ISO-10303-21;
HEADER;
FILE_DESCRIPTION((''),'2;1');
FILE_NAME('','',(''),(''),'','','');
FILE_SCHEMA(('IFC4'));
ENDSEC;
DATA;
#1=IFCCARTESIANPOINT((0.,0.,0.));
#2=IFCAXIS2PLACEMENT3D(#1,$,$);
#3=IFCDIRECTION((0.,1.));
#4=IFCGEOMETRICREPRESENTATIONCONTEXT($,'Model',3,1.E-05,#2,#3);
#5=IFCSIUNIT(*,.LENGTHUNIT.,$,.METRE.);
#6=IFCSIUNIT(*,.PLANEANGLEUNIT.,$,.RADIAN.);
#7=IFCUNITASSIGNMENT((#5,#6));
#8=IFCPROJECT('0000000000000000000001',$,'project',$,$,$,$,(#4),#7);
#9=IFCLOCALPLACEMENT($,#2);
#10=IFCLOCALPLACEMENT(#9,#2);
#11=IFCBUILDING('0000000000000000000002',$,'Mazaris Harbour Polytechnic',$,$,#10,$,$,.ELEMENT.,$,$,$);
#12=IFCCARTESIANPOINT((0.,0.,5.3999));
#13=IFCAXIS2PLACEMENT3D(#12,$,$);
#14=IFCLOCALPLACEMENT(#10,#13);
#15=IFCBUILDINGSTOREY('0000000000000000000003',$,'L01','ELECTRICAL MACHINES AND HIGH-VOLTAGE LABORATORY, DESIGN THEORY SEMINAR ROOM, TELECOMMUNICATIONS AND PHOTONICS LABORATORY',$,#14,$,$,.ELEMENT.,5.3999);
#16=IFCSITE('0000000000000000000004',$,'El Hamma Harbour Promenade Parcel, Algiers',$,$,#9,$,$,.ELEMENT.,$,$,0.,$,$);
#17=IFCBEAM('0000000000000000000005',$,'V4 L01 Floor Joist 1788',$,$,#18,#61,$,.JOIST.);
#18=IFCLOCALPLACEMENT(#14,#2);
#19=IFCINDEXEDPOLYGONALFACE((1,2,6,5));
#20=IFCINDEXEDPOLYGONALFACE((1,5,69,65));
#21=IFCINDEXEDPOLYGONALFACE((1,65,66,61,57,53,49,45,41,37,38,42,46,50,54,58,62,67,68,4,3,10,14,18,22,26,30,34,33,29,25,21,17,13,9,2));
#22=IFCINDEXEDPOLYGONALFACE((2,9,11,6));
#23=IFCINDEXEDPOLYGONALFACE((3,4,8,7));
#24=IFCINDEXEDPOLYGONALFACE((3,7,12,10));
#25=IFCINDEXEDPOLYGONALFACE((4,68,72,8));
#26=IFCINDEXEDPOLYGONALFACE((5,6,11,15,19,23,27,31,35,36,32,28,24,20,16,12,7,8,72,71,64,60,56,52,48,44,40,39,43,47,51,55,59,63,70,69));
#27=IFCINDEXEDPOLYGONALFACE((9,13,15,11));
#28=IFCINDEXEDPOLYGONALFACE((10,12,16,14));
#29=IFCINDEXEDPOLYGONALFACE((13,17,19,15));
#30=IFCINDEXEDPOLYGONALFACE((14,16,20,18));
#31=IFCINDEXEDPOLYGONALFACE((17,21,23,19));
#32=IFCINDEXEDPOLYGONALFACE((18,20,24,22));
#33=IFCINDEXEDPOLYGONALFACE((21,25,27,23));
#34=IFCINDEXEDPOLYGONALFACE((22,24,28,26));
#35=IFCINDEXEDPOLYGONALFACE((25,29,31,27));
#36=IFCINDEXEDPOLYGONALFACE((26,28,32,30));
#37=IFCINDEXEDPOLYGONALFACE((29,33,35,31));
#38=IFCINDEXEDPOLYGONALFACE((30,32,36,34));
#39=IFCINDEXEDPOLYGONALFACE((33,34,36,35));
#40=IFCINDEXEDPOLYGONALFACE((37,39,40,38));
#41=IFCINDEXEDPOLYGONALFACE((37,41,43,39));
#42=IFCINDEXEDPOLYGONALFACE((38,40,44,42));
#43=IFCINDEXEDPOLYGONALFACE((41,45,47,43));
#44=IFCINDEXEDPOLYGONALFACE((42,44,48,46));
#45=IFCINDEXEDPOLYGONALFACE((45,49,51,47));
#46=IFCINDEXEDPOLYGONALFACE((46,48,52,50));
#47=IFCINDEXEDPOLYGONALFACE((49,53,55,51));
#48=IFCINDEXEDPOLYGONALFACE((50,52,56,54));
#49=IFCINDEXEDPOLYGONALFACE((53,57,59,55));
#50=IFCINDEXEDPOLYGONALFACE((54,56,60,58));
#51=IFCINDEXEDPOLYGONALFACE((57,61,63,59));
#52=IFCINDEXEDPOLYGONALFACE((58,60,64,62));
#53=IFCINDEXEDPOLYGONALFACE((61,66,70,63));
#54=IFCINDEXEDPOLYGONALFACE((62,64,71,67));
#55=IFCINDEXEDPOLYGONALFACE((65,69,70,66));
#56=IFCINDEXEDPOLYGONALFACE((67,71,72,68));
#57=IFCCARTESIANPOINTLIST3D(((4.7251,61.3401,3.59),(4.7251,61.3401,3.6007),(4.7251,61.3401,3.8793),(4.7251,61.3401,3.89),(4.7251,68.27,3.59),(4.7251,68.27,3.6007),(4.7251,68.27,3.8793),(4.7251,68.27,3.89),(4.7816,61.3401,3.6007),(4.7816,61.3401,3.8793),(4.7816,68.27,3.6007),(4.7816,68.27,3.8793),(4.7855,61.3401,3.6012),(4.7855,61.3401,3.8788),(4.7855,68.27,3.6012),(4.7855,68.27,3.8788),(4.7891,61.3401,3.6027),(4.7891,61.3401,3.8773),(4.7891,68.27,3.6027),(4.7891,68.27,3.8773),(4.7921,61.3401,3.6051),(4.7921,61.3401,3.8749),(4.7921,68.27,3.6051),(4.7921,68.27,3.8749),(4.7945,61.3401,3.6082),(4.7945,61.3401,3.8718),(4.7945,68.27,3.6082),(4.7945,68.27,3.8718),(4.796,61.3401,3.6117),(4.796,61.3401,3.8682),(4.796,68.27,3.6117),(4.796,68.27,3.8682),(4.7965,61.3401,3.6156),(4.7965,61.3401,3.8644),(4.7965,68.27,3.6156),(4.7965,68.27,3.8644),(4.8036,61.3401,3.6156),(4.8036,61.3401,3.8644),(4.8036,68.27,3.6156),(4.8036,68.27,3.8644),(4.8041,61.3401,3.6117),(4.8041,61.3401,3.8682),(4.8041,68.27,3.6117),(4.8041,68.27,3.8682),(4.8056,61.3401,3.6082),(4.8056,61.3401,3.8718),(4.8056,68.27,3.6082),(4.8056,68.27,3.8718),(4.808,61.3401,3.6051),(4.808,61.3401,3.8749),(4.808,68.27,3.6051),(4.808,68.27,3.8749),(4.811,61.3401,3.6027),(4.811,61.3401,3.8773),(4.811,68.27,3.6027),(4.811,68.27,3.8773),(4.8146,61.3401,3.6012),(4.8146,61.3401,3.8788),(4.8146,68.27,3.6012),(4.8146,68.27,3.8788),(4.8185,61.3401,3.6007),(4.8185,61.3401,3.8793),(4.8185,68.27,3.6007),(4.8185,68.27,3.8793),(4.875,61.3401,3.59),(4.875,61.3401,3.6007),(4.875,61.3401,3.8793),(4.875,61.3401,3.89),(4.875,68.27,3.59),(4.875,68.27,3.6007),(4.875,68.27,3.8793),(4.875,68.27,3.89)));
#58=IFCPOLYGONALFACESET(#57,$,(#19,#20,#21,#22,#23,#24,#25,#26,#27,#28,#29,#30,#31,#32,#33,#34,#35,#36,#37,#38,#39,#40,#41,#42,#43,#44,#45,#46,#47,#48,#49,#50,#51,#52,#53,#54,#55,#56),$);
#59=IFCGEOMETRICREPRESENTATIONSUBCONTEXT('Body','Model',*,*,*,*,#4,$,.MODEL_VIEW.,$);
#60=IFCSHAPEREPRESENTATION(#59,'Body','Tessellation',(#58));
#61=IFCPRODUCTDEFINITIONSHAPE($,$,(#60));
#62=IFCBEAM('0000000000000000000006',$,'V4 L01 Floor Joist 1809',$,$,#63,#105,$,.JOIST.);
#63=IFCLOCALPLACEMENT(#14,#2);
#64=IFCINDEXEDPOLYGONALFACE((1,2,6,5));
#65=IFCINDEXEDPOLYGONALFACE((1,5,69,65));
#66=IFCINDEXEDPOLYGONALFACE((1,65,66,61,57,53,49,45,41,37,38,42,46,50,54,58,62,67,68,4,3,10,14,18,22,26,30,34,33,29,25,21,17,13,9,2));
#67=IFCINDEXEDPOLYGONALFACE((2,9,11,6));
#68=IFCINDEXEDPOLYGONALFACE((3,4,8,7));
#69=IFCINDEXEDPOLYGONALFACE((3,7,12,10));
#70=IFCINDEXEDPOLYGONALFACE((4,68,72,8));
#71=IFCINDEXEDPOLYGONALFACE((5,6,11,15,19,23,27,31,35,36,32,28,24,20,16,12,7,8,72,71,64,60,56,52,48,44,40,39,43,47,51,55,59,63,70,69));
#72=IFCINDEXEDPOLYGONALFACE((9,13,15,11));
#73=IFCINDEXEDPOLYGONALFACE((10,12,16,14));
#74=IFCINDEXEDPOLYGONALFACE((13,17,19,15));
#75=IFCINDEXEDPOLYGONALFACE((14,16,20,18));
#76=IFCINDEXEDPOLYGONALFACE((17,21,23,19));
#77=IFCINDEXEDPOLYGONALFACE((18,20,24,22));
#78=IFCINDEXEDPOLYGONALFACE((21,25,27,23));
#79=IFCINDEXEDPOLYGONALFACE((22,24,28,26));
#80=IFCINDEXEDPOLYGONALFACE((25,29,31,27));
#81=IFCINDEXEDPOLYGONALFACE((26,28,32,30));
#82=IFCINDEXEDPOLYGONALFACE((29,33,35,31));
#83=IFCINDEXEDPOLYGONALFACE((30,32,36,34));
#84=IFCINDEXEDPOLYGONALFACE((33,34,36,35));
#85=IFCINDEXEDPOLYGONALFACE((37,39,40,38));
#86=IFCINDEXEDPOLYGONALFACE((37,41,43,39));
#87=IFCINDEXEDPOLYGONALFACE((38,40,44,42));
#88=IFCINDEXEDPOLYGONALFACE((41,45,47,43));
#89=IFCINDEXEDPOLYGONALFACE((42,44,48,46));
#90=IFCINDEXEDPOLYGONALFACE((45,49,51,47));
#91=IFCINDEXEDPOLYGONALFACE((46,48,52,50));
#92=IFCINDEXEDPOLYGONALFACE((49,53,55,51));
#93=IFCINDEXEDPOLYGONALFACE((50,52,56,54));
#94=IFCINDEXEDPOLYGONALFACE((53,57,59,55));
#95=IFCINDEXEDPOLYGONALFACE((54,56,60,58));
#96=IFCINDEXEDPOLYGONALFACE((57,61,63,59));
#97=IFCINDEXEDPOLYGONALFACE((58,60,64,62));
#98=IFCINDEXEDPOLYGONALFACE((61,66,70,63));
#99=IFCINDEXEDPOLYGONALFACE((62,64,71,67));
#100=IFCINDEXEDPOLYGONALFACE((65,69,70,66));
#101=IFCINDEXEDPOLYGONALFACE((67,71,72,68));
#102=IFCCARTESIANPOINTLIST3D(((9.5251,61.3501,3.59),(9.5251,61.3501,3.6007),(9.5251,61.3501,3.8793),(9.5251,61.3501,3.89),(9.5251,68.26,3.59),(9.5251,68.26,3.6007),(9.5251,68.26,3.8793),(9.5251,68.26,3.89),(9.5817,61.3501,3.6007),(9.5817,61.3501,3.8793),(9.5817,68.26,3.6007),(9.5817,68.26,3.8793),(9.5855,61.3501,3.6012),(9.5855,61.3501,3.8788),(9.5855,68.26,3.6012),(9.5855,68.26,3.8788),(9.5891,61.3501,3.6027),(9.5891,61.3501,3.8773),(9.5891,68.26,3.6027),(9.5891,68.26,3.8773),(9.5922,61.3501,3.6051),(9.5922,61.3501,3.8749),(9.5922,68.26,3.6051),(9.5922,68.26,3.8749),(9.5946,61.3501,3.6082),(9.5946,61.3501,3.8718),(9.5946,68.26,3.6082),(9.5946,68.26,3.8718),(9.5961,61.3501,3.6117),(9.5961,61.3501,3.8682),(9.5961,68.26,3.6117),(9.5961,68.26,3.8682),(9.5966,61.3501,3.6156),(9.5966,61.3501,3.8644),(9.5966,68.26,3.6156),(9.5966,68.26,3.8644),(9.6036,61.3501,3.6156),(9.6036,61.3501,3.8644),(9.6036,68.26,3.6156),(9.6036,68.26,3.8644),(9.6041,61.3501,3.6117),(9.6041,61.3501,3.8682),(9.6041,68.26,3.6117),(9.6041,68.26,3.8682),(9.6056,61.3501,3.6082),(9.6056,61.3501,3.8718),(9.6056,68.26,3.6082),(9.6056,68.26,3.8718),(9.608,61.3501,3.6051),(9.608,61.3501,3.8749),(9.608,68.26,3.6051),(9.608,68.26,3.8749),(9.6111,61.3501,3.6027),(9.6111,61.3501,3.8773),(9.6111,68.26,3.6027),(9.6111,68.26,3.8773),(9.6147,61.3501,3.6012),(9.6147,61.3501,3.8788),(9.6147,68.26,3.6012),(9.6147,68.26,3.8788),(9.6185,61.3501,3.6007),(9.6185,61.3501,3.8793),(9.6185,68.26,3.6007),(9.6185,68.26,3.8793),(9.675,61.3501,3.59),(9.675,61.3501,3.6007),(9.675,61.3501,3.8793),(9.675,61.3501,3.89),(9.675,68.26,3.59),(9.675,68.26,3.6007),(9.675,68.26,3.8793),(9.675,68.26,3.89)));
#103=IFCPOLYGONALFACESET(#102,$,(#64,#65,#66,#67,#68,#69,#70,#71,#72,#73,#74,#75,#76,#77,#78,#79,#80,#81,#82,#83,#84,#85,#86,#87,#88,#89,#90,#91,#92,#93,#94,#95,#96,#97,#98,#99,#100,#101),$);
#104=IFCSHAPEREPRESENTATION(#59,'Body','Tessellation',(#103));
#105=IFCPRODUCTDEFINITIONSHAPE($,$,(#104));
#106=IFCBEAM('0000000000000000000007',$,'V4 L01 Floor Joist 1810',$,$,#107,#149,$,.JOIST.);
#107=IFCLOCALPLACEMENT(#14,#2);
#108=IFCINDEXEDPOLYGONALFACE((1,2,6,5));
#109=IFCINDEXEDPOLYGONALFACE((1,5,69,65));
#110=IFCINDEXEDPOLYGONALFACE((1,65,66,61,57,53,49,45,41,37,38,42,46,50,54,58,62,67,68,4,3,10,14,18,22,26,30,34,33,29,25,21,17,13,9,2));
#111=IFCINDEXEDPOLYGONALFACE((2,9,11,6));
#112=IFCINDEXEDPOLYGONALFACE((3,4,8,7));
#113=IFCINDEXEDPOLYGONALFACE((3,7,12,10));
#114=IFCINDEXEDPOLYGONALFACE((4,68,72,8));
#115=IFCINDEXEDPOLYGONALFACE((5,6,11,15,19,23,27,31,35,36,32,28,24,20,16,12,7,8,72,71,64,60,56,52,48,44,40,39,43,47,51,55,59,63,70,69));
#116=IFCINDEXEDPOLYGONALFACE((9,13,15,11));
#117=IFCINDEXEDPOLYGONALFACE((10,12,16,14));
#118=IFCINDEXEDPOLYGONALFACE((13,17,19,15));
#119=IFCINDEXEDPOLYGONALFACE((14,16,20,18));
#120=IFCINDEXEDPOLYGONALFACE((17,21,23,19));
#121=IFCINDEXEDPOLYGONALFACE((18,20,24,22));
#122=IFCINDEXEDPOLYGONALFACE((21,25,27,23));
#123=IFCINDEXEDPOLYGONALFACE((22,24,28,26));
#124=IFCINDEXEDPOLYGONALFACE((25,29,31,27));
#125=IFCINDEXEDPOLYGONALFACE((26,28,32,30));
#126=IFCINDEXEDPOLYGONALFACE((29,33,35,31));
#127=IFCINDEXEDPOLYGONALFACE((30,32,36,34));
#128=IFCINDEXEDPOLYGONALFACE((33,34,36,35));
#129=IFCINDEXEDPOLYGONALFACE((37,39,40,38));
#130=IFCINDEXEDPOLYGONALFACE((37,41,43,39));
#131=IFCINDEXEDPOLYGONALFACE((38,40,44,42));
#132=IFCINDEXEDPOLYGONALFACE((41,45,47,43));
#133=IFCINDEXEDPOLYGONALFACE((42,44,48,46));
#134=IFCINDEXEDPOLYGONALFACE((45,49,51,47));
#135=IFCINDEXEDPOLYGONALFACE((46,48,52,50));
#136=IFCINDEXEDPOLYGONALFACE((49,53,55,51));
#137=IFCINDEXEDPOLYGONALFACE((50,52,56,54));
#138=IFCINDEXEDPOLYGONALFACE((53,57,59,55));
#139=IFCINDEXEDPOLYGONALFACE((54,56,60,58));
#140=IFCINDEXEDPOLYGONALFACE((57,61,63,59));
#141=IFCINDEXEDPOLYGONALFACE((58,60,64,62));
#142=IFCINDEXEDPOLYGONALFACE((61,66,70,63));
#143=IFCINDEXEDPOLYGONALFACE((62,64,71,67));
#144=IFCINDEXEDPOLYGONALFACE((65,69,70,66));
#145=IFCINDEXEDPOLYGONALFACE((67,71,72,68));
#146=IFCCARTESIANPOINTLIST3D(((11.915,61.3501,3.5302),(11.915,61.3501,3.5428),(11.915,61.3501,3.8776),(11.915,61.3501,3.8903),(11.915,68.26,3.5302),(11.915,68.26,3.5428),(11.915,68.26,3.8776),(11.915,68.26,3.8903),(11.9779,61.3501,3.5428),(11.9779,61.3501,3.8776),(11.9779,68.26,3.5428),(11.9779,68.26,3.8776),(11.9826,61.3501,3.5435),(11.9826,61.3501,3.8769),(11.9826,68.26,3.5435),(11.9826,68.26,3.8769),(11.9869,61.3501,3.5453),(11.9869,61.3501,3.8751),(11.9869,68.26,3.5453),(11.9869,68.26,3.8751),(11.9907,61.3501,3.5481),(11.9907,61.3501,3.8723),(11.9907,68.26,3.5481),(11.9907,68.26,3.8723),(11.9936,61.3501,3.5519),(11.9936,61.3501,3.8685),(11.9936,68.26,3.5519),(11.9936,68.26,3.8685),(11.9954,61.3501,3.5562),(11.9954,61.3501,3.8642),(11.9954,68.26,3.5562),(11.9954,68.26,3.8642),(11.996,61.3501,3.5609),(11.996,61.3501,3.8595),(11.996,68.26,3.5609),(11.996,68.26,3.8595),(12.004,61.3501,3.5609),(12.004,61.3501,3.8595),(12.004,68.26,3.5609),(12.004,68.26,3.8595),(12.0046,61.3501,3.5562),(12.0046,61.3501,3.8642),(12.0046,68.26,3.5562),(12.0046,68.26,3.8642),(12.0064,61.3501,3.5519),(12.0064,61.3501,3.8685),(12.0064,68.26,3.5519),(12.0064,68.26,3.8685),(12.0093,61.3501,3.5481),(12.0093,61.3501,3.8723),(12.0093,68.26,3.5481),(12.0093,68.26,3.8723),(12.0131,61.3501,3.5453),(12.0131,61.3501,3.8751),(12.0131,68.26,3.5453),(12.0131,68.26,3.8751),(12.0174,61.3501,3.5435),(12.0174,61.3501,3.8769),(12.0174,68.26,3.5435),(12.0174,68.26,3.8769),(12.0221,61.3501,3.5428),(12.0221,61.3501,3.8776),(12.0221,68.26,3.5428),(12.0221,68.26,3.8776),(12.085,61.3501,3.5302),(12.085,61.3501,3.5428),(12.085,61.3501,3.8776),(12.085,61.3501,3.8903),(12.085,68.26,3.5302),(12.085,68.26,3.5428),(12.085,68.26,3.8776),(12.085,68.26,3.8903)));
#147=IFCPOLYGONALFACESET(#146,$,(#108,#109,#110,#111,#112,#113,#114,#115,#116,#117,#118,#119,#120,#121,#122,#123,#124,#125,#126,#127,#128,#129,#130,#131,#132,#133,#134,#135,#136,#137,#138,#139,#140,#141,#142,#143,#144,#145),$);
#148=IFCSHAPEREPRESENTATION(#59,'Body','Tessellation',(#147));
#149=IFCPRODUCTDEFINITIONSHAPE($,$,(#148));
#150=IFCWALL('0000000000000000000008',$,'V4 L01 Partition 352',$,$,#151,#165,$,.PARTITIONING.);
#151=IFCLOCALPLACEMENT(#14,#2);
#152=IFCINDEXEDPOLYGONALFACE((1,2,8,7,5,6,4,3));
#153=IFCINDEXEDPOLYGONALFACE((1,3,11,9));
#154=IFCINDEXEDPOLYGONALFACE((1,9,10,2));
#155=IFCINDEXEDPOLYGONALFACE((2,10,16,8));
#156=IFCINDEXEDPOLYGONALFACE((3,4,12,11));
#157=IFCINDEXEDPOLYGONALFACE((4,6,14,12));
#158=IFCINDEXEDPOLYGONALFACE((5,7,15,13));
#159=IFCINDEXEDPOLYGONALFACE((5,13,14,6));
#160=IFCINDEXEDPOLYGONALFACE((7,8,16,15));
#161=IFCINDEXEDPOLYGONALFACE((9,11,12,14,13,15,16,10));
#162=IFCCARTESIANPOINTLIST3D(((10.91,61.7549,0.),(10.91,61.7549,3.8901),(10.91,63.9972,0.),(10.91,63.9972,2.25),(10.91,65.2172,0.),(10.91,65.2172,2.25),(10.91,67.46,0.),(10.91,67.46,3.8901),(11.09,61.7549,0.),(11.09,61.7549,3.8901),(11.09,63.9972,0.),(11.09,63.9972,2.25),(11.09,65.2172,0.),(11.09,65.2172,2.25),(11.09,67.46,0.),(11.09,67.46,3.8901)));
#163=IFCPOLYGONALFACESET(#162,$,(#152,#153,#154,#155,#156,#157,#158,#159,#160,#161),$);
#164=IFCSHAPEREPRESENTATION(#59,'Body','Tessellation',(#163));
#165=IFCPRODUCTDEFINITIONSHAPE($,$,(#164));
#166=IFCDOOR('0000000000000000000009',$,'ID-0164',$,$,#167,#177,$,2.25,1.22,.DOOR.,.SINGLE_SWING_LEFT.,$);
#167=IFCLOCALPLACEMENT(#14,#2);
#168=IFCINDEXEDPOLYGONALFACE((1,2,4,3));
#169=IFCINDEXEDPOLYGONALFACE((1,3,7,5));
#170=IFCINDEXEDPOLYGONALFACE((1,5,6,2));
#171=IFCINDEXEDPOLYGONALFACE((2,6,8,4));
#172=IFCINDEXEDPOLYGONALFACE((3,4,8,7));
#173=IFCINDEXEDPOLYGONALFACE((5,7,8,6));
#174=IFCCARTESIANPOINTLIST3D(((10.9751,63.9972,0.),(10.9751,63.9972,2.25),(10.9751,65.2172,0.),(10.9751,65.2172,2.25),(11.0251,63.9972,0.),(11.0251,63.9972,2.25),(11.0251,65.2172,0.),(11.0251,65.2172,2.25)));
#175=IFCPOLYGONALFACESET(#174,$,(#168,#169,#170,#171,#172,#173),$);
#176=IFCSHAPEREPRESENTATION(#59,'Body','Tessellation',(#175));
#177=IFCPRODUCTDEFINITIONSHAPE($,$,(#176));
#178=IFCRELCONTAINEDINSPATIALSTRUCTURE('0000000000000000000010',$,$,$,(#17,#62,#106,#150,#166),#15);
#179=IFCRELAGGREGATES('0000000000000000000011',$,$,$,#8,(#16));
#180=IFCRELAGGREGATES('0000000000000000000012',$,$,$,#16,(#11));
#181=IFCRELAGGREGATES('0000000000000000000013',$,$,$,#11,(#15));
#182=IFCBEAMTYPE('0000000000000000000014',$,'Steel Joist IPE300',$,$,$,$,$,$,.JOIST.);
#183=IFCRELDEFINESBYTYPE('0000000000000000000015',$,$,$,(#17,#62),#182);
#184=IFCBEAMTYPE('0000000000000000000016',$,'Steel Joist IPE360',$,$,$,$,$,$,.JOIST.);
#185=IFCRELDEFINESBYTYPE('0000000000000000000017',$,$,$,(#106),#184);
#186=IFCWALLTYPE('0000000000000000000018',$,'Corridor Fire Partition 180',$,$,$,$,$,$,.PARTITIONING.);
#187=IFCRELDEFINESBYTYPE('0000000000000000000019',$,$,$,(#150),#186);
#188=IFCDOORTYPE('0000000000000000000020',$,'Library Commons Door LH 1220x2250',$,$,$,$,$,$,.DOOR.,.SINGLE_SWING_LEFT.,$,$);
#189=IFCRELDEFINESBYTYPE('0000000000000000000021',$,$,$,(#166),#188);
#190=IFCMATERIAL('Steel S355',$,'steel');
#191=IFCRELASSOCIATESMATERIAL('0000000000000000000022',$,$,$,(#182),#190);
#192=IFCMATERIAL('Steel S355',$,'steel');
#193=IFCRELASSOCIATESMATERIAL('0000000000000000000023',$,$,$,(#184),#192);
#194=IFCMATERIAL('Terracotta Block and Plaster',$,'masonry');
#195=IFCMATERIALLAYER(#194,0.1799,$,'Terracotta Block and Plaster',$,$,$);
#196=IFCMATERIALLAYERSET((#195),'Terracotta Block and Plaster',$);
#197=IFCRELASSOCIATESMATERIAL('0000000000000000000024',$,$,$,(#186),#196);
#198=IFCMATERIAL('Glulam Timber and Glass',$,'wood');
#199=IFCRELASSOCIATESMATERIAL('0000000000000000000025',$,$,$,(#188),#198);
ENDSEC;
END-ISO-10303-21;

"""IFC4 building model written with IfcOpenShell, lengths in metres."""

from ifc_helpers import new_model, si_unit, direction, frame, frame_2d, origin, origin_2d, place, context, subcontext, project, spatial, rectangle, i_section, extrude, material, layer, layer_set, material_profile, profile_set, type_object, element, fill, save


model = new_model("IFC4")

# Units and contexts
model_context = context("Model", 3, precision=1e-05, world=origin(), true_north=direction((0.0, 1.0)))
body_context = subcontext(model_context, "Body", "Model", "MODEL_VIEW")
ifc_project = project(units=[si_unit("LENGTHUNIT", "METRE"), si_unit("PLANEANGLEUNIT", "RADIAN")], contexts=[model_context])

# Site, building, storey
site_placement = place(None, origin())
site = spatial("IfcSite", under=ifc_project, at=site_placement, Name="El Hamma Harbour Promenade Parcel, Algiers", CompositionType="ELEMENT", RefElevation=0.0)
building_placement = place(site_placement, origin())
building = spatial("IfcBuilding", under=site, at=building_placement, Name="Mazaris Harbour Polytechnic", CompositionType="ELEMENT")
storey_placement = place(building_placement, frame((0.0, 0.0, 5.3999)))
storey = spatial("IfcBuildingStorey", under=building, at=storey_placement, Name="L01", Description="ELECTRICAL MACHINES AND HIGH-VOLTAGE LABORATORY, DESIGN THEORY SEMINAR ROOM, TELECOMMUNICATIONS AND PHOTONICS LABORATORY", CompositionType="ELEMENT", Elevation=5.3999)

# Beams
ifc_material_1 = material(Name="Steel S355", Category="steel")
ifc_material_profile_1 = material_profile(ifc_material_1, i_section(OverallWidth=0.1499, OverallDepth=0.3, WebThickness=0.0071, FlangeThickness=0.0107, FilletRadius=0.0149, at=origin_2d()), Name="IPE 300")
ifc_profile_set_1 = profile_set([ifc_material_profile_1], Name="Steel S355")
beam_type_1 = type_object("IfcBeamType", Name="Steel Joist IPE300", PredefinedType="JOIST", material=ifc_profile_set_1)
beam_1_placement = place(storey_placement, frame((4.8, 61.3401, 3.74), z_axis=(0.0, 1.0, 0.0), x_axis=(-1.0, 0.0, 0.0)))
element("IfcBeam", 1, at=beam_1_placement, inside=storey, type_object=beam_type_1, Name="V4 L01 Floor Joist 1788", PredefinedType="JOIST", context=body_context, shape_type="SweptSolid", body=[
    extrude(i_section(OverallWidth=0.1499, OverallDepth=0.3, WebThickness=0.0071, FlangeThickness=0.0107, FilletRadius=0.0149, at=origin_2d()), origin(), (0.0, 0.0, 1.0), 6.9299),
])
beam_2_placement = place(storey_placement, frame((9.6001, 61.3501, 3.74), z_axis=(0.0, 1.0, 0.0), x_axis=(-1.0, 0.0, 0.0)))
element("IfcBeam", 2, at=beam_2_placement, inside=storey, type_object=beam_type_1, Name="V4 L01 Floor Joist 1809", PredefinedType="JOIST", context=body_context, shape_type="SweptSolid", body=[
    extrude(i_section(OverallWidth=0.1499, OverallDepth=0.3, WebThickness=0.0071, FlangeThickness=0.0107, FilletRadius=0.0149, at=origin_2d()), origin(), (0.0, 0.0, 1.0), 6.9099),
])
ifc_material_2 = material(Name="Steel S355", Category="steel")
ifc_material_profile_2 = material_profile(ifc_material_2, i_section(OverallWidth=0.1699, OverallDepth=0.3601, WebThickness=0.0081, FlangeThickness=0.0127, FilletRadius=0.0181, at=origin_2d()), Name="IPE 360")
ifc_profile_set_2 = profile_set([ifc_material_profile_2], Name="Steel S355")
beam_type_2 = type_object("IfcBeamType", Name="Steel Joist IPE360", PredefinedType="JOIST", material=ifc_profile_set_2)
beam_3_placement = place(storey_placement, frame((12.0, 61.3501, 3.7102), z_axis=(0.0, 1.0, 0.0), x_axis=(-1.0, 0.0, 0.0)))
element("IfcBeam", 3, at=beam_3_placement, inside=storey, type_object=beam_type_2, Name="V4 L01 Floor Joist 1810", PredefinedType="JOIST", context=body_context, shape_type="SweptSolid", body=[
    extrude(i_section(OverallWidth=0.1699, OverallDepth=0.3601, WebThickness=0.0081, FlangeThickness=0.0127, FilletRadius=0.0181, at=origin_2d()), origin(), (0.0, 0.0, 1.0), 6.9099),
])

# Wall, opening, door
ifc_material_3 = material(Name="Terracotta Block and Plaster", Category="masonry")
ifc_layer_1 = layer(ifc_material_3, 0.1799, Name="Terracotta Block and Plaster")
ifc_layer_set_1 = layer_set([ifc_layer_1], Name="Terracotta Block and Plaster")
wall_type_1 = type_object("IfcWallType", Name="Corridor Fire Partition 180", PredefinedType="PARTITIONING", material=ifc_layer_set_1)
wall_1_placement = place(storey_placement, frame((11.0, 61.7549, 0.0), z_axis=(0.0, 0.0, 1.0), x_axis=(0.0, 1.0, 0.0)))
wall_1 = element("IfcWall", 4, at=wall_1_placement, inside=storey, type_object=wall_type_1, Name="V4 L01 Partition 352", PredefinedType="PARTITIONING", context=body_context, shape_type="SweptSolid", body=[
    extrude(rectangle(XDim=5.7051, YDim=0.1799, at=frame_2d((2.8525, 0.0))), origin(), (0.0, 0.0, 1.0), 3.8901),
])
opening_1_placement = place(wall_1_placement, frame((2.2424, 0.0, 0.0)))
opening_1 = element("IfcOpeningElement", 5, at=opening_1_placement, cuts=wall_1, PredefinedType="OPENING", context=body_context, shape_type="SweptSolid", body=[
    extrude(rectangle(XDim=1.22, YDim=2.25, at=frame_2d((0.6099, 1.125))), frame((0.0, 0.0999, 0.0), z_axis=(0.0, -1.0, 0.0), x_axis=(1.0, 0.0, 0.0)), (0.0, 0.0, 1.0), 0.2),
])
ifc_material_4 = material(Name="Glulam Timber and Glass", Category="wood")
door_type_1 = type_object("IfcDoorType", Name="Library Commons Door LH 1220x2250", OperationType="SINGLE_SWING_LEFT", PredefinedType="DOOR", material=ifc_material_4)
door_1_placement = place(opening_1_placement, origin())
door_1 = element("IfcDoor", 6, at=door_1_placement, inside=storey, type_object=door_type_1, Name="ID-0164", OperationType="SINGLE_SWING_LEFT", OverallHeight=2.25, OverallWidth=1.22, PredefinedType="DOOR", context=body_context, shape_type="SweptSolid", body=[
    extrude(rectangle(XDim=1.22, YDim=2.25, at=frame_2d((0.6099, 1.125))), frame((0.0, 0.0249, 0.0), z_axis=(0.0, -1.0, 0.0), x_axis=(1.0, 0.0, 0.0)), (0.0, 0.0, 1.0), 0.05),
])
fill(opening_1, door_1)

save(model, "model.ifc")
